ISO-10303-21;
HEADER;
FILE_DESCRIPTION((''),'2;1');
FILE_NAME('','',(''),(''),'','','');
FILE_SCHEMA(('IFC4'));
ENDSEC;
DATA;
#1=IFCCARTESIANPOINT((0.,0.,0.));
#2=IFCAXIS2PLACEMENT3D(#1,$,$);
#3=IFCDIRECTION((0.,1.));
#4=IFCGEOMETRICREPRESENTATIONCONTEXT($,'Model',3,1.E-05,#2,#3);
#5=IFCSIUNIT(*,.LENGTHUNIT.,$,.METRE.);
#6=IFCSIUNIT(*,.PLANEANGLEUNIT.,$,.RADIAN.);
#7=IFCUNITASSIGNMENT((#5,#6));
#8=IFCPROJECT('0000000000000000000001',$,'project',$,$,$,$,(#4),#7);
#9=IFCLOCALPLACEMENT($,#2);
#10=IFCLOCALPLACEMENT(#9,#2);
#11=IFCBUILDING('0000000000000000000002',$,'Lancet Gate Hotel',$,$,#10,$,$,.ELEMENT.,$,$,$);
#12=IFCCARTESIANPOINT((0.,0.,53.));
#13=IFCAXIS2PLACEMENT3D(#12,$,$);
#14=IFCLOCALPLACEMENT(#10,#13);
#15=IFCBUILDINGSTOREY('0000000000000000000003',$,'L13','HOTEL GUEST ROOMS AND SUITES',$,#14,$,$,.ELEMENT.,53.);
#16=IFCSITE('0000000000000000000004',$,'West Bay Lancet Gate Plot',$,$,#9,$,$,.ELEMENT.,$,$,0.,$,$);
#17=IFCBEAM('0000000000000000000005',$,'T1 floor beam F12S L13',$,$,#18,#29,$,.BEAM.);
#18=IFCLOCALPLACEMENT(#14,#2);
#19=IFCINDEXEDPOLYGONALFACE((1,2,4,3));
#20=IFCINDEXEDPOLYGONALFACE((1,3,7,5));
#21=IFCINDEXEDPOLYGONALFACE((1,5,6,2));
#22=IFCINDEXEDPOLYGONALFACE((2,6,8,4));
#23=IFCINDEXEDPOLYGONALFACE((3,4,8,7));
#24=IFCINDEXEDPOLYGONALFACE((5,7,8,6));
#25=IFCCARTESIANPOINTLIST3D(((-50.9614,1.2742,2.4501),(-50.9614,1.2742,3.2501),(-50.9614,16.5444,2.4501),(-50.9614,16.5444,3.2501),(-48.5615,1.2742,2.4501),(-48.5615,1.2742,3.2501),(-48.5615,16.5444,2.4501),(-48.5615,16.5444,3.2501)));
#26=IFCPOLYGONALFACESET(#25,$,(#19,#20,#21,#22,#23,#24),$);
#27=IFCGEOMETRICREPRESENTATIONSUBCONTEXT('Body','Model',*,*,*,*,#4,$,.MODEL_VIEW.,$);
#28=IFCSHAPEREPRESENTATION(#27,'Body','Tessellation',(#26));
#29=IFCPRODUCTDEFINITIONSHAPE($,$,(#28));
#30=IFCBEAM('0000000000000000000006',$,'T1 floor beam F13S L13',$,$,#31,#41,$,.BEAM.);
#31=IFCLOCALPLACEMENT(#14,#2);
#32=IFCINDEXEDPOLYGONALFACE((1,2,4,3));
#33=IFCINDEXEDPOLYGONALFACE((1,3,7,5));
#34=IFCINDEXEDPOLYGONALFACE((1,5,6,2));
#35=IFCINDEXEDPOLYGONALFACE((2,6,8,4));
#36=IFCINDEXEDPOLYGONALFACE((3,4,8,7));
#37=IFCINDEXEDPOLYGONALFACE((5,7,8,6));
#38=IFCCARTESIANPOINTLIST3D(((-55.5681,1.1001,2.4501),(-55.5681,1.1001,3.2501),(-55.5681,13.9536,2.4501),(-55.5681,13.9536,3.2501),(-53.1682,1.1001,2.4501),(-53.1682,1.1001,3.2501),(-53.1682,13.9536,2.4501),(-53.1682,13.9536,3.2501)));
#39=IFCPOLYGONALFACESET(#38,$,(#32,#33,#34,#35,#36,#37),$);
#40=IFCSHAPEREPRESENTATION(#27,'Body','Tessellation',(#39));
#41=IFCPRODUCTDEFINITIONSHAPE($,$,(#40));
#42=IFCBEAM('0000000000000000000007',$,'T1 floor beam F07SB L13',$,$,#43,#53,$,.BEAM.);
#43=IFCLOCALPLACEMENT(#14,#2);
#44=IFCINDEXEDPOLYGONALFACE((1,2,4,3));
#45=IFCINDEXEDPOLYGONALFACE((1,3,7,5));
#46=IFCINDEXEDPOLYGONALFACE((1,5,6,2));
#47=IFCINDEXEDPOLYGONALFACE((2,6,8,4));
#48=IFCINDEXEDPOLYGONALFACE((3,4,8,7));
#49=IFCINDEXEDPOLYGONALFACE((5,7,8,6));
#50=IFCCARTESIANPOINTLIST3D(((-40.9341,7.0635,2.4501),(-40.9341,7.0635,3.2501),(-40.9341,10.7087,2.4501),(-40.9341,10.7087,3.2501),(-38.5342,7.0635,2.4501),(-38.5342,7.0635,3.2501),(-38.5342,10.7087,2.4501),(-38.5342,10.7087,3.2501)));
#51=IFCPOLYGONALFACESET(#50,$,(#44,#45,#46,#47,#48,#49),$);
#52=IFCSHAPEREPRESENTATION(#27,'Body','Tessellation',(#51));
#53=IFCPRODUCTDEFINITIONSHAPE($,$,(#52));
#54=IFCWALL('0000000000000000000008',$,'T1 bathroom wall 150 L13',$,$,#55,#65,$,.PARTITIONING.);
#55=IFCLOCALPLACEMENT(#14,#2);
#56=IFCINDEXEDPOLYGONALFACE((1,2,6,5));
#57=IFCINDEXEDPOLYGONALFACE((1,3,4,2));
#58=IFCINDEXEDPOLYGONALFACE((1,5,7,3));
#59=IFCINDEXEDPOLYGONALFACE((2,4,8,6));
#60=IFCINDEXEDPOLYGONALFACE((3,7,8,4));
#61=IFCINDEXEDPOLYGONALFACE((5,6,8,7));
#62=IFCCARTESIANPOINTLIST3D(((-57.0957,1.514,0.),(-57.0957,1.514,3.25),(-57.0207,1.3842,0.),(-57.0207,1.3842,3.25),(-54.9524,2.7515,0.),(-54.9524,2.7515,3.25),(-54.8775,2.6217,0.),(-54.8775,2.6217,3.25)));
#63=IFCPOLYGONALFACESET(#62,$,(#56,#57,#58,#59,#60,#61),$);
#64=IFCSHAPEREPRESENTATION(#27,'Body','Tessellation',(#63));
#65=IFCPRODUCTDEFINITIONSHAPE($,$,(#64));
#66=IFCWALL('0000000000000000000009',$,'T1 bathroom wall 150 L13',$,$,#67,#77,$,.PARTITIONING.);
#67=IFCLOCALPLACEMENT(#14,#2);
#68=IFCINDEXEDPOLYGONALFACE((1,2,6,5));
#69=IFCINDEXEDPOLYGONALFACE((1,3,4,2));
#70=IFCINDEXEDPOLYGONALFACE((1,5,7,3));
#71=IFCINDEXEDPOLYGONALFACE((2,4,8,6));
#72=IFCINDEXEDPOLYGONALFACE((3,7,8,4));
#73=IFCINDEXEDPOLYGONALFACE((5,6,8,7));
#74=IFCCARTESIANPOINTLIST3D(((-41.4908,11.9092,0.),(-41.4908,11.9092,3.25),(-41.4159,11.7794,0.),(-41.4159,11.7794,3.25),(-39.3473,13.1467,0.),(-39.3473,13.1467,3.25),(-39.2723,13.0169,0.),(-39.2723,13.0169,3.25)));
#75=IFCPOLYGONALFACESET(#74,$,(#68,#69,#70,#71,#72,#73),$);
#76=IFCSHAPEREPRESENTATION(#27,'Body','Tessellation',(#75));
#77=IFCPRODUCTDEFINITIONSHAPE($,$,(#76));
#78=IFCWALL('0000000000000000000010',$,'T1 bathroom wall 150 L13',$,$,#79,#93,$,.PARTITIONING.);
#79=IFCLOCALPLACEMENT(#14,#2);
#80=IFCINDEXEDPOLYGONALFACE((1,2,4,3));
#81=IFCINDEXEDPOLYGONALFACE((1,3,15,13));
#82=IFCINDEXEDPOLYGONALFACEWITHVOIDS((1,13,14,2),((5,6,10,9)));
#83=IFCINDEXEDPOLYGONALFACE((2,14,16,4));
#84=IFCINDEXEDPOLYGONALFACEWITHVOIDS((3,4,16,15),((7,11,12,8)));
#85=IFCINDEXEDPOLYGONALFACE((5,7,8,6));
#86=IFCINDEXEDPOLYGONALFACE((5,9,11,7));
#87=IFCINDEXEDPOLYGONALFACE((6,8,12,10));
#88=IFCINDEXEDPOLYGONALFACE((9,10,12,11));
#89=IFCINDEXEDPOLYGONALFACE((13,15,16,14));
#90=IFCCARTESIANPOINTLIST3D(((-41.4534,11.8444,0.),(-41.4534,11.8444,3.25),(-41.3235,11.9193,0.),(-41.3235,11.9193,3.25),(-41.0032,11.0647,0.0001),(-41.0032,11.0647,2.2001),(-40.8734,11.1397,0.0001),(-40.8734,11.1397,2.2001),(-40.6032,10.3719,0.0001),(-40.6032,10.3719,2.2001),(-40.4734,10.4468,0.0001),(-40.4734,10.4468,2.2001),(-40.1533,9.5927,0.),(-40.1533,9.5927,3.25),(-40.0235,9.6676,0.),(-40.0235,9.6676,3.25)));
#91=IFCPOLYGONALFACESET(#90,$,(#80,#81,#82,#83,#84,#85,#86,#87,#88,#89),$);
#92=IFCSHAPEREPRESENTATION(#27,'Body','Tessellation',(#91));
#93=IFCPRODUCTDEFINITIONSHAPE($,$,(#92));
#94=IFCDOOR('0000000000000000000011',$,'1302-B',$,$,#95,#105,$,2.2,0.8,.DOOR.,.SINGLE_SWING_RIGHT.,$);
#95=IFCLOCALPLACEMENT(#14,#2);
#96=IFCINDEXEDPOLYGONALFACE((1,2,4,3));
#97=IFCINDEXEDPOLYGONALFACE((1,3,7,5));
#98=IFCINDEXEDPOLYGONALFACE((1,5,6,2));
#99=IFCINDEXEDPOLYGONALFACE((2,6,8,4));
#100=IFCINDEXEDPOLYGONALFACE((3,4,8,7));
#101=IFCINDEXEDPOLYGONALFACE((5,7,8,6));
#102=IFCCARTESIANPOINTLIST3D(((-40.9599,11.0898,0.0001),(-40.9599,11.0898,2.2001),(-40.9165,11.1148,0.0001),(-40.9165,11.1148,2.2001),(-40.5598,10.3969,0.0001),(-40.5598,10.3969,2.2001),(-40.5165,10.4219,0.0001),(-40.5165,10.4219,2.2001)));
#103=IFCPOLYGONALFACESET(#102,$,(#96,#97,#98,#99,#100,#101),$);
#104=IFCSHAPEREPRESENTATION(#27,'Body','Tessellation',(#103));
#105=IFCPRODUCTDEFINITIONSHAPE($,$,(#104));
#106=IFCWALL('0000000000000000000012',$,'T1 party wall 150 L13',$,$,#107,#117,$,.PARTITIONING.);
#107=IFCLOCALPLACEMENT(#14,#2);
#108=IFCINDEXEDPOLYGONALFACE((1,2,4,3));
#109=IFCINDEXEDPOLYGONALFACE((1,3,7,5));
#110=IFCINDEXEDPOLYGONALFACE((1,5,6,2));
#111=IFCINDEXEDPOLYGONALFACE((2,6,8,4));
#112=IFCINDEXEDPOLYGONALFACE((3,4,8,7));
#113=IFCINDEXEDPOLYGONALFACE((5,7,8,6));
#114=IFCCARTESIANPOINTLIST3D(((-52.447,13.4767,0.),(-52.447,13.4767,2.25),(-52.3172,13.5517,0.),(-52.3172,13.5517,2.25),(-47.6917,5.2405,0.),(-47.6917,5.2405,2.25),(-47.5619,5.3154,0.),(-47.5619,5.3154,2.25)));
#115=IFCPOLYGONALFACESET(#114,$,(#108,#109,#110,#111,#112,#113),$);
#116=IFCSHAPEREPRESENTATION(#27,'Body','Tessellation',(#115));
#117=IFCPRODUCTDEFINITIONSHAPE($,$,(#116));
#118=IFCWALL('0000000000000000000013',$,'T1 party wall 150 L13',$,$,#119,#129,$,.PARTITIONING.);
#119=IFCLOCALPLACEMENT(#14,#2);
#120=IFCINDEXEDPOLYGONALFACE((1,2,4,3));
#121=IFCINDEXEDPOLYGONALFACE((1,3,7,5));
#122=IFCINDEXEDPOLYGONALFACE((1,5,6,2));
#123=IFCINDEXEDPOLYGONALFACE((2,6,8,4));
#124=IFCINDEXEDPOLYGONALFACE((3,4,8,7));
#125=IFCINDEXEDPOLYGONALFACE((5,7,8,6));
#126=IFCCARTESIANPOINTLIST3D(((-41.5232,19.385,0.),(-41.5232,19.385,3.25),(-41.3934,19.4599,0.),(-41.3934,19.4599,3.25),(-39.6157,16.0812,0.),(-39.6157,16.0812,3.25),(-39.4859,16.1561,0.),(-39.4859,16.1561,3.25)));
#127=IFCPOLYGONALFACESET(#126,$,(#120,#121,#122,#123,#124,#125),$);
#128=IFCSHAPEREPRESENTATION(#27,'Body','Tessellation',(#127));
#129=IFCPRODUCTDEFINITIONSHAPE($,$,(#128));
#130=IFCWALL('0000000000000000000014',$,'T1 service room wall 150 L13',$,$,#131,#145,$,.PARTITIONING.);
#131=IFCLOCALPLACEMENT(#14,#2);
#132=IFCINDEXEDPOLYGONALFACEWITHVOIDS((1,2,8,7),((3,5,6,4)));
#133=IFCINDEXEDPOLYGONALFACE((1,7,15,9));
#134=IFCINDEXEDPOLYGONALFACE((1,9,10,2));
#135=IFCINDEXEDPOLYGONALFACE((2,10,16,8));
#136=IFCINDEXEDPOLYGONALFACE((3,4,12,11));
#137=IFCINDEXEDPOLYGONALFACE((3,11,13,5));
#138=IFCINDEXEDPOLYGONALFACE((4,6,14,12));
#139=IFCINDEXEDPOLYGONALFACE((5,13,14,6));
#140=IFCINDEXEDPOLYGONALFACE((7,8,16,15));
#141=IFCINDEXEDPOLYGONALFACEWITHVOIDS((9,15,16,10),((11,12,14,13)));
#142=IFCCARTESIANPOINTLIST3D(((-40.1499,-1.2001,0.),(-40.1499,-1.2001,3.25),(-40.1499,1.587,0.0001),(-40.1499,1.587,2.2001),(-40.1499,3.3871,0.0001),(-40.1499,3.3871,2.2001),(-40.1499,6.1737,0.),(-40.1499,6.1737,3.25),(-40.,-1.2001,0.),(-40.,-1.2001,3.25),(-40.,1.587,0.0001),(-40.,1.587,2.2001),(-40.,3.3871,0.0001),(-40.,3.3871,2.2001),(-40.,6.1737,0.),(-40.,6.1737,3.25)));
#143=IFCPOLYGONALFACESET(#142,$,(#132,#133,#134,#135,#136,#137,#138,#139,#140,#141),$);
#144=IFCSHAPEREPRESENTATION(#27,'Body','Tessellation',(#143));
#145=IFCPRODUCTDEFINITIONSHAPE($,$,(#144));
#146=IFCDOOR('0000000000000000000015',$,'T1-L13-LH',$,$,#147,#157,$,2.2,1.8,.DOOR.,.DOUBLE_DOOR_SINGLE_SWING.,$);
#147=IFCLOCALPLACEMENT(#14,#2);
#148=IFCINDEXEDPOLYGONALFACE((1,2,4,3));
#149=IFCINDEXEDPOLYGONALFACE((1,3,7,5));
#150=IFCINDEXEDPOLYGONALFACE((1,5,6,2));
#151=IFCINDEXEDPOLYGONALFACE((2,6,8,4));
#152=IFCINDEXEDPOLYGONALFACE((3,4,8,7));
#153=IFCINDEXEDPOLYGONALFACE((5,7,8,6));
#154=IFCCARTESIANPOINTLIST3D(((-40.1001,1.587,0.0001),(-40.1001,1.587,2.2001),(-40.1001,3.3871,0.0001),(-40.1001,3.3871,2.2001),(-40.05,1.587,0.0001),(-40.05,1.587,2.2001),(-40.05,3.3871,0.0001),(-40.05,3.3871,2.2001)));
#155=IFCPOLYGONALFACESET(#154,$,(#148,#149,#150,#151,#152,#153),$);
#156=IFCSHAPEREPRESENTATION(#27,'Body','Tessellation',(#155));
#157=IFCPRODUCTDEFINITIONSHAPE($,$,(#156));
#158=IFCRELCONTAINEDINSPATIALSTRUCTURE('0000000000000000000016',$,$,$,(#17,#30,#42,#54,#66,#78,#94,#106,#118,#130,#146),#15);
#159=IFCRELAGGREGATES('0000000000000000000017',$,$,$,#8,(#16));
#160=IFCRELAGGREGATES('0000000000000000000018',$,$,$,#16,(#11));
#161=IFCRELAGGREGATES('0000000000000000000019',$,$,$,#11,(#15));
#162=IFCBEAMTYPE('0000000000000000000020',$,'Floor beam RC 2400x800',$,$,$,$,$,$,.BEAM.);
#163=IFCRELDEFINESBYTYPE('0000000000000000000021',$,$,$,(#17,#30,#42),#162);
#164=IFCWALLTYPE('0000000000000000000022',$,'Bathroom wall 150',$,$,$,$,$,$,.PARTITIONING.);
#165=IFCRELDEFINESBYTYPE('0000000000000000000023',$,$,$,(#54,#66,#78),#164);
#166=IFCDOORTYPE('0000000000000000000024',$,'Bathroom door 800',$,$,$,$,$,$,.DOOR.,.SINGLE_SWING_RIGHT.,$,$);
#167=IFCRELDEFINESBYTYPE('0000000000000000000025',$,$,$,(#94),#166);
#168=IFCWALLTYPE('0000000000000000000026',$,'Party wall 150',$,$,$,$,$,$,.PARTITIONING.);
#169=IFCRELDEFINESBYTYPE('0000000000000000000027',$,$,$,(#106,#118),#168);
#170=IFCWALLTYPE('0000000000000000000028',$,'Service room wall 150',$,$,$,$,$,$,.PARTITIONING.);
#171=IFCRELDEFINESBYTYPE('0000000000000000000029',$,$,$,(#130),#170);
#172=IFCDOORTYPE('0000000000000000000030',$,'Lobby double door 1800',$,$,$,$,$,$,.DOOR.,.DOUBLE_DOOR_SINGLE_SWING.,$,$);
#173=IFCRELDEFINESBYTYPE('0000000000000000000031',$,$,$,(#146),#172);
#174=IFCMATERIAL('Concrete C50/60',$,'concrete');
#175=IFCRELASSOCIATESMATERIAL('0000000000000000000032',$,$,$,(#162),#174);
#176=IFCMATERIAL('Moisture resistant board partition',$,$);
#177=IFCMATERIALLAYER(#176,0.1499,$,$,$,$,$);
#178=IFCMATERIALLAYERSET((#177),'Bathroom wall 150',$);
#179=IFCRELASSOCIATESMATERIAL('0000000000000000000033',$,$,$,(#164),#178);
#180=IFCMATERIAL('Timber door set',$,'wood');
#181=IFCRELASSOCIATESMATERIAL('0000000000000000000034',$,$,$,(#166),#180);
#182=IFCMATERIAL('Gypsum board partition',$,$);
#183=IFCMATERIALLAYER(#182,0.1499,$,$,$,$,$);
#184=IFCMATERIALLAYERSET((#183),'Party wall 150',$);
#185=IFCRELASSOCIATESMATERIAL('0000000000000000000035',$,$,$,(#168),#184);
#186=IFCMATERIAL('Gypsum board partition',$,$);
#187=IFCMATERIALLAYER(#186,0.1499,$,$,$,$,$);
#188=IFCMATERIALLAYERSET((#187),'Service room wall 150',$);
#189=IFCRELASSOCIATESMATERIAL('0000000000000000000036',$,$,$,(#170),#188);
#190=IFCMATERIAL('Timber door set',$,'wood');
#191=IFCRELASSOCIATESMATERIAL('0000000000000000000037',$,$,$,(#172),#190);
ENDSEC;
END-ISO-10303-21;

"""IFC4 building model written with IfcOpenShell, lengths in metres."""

from ifc_helpers import new_model, si_unit, direction, frame, frame_2d, origin, origin_2d, place, context, subcontext, project, spatial, rectangle, extrude, material, layer, layer_set, material_profile, profile_set, type_object, element, fill, save


model = new_model("IFC4")

# Units and contexts
model_context = context("Model", 3, precision=1e-05, world=origin(), true_north=direction((0.0, 1.0)))
body_context = subcontext(model_context, "Body", "Model", "MODEL_VIEW")
ifc_project = project(units=[si_unit("LENGTHUNIT", "METRE"), si_unit("PLANEANGLEUNIT", "RADIAN")], contexts=[model_context])

# Site, building, storey
site_placement = place(None, origin())
site = spatial("IfcSite", under=ifc_project, at=site_placement, Name="West Bay Lancet Gate Plot", CompositionType="ELEMENT", RefElevation=0.0)
building_placement = place(site_placement, origin())
building = spatial("IfcBuilding", under=site, at=building_placement, Name="Lancet Gate Hotel", CompositionType="ELEMENT")
storey_placement = place(building_placement, frame((0.0, 0.0, 53.0)))
storey = spatial("IfcBuildingStorey", under=building, at=storey_placement, Name="L13", Description="HOTEL GUEST ROOMS AND SUITES", CompositionType="ELEMENT", Elevation=53.0)

# Beams
ifc_material_1 = material(Name="Concrete C50/60", Category="concrete")
ifc_material_profile_1 = material_profile(ifc_material_1, rectangle(XDim=2.3999, YDim=0.8, at=origin_2d()), Name="RC 2400x800")
ifc_profile_set_1 = profile_set([ifc_material_profile_1], Name="Concrete C50/60")
beam_type_1 = type_object("IfcBeamType", Name="Floor beam RC 2400x800", PredefinedType="BEAM", material=ifc_profile_set_1)
beam_1_placement = place(storey_placement, frame((-49.7615, 16.5444, 2.8501), z_axis=(0.0, -1.0, 0.0), x_axis=(1.0, 0.0, 0.0)))
element("IfcBeam", 1, at=beam_1_placement, inside=storey, type_object=beam_type_1, Name="T1 floor beam F12S L13", PredefinedType="BEAM", context=body_context, shape_type="SweptSolid", body=[
    extrude(rectangle(XDim=2.3999, YDim=0.8, at=origin_2d()), origin(), (0.0, 0.0, 1.0), 15.2703),
])
beam_2_placement = place(storey_placement, frame((-54.3682, 13.9536, 2.8501), z_axis=(0.0, -1.0, 0.0), x_axis=(1.0, 0.0, 0.0)))
element("IfcBeam", 2, at=beam_2_placement, inside=storey, type_object=beam_type_1, Name="T1 floor beam F13S L13", PredefinedType="BEAM", context=body_context, shape_type="SweptSolid", body=[
    extrude(rectangle(XDim=2.3999, YDim=0.8, at=origin_2d()), origin(), (0.0, 0.0, 1.0), 12.8535),
])
beam_3_placement = place(storey_placement, frame((-39.7341, 10.7087, 2.8501), z_axis=(0.0, -1.0, 0.0), x_axis=(1.0, 0.0, 0.0)))
element("IfcBeam", 3, at=beam_3_placement, inside=storey, type_object=beam_type_1, Name="T1 floor beam F07SB L13", PredefinedType="BEAM", context=body_context, shape_type="SweptSolid", body=[
    extrude(rectangle(XDim=2.3999, YDim=0.8, at=origin_2d()), origin(), (0.0, 0.0, 1.0), 3.6453),
])

# Walls
ifc_material_2 = material(Name="Moisture resistant board partition")
ifc_layer_1 = layer(ifc_material_2, 0.1499)
ifc_layer_set_1 = layer_set([ifc_layer_1], Name="Bathroom wall 150")
wall_type_1 = type_object("IfcWallType", Name="Bathroom wall 150", PredefinedType="PARTITIONING", material=ifc_layer_set_1)
wall_1_placement = place(storey_placement, frame((-54.915, 2.6865, 0.0), z_axis=(0.0, 0.0, 1.0), x_axis=(-0.866007, -0.500033, 0.0)))
element("IfcWall", 4, at=wall_1_placement, inside=storey, type_object=wall_type_1, Name="T1 bathroom wall 150 L13", PredefinedType="PARTITIONING", context=body_context, shape_type="SweptSolid", body=[
    extrude(rectangle(XDim=2.4749, YDim=0.1499, at=frame_2d((1.2373, 0.0))), origin(), (0.0, 0.0, 1.0), 3.25),
])
wall_2_placement = place(storey_placement, frame((-39.3098, 13.0818, 0.0), z_axis=(0.0, 0.0, 1.0), x_axis=(-0.866031, -0.49999, 0.0)))
element("IfcWall", 5, at=wall_2_placement, inside=storey, type_object=wall_type_1, Name="T1 bathroom wall 150 L13", PredefinedType="PARTITIONING", context=body_context, shape_type="SweptSolid", body=[
    extrude(rectangle(XDim=2.4751, YDim=0.1499, at=frame_2d((1.2375, 0.0))), origin(), (0.0, 0.0, 1.0), 3.25),
])

# Wall, opening, door
wall_3_placement = place(storey_placement, frame((-40.0884, 9.6301, 0.0), z_axis=(0.0, 0.0, 1.0), x_axis=(-0.500007, 0.866021, 0.0)))
wall_3 = element("IfcWall", 6, at=wall_3_placement, inside=storey, type_object=wall_type_1, Name="T1 bathroom wall 150 L13", PredefinedType="PARTITIONING", context=body_context, shape_type="SweptSolid", body=[
    extrude(rectangle(XDim=2.6001, YDim=0.1499, at=frame_2d((1.3, 0.0))), origin(), (0.0, 0.0, 1.0), 3.25),
])
opening_1_placement = place(wall_3_placement, frame((0.8999, 0.0, 0.0)))
opening_1 = element("IfcOpeningElement", 7, at=opening_1_placement, cuts=wall_3, PredefinedType="OPENING", context=body_context, shape_type="SweptSolid", body=[
    extrude(rectangle(XDim=0.8, YDim=2.2, at=frame_2d((0.3999, 1.1001))), frame((0.0, 0.085, 0.0), z_axis=(0.0, -1.0, 0.0), x_axis=(1.0, 0.0, 0.0)), (0.0, 0.0, 1.0), 0.1699),
])
ifc_material_3 = material(Name="Timber door set", Category="wood")
door_type_1 = type_object("IfcDoorType", Name="Bathroom door 800", OperationType="SINGLE_SWING_RIGHT", PredefinedType="DOOR", material=ifc_material_3)
door_1_placement = place(opening_1_placement, origin())
door_1 = element("IfcDoor", 8, at=door_1_placement, inside=storey, type_object=door_type_1, Name="1302-B", OperationType="SINGLE_SWING_RIGHT", OverallHeight=2.2, OverallWidth=0.8, PredefinedType="DOOR", context=body_context, shape_type="SweptSolid", body=[
    extrude(rectangle(XDim=0.8, YDim=2.2, at=frame_2d((0.3999, 1.1001))), frame((0.0, 0.0249, 0.0), z_axis=(0.0, -1.0, 0.0), x_axis=(1.0, 0.0, 0.0)), (0.0, 0.0, 1.0), 0.05),
])
fill(opening_1, door_1)

# Walls
ifc_material_4 = material(Name="Gypsum board partition")
ifc_layer_2 = layer(ifc_material_4, 0.1499)
ifc_layer_set_2 = layer_set([ifc_layer_2], Name="Party wall 150")
wall_type_2 = type_object("IfcWallType", Name="Party wall 150", PredefinedType="PARTITIONING", material=ifc_layer_set_2)
wall_4_placement = place(storey_placement, frame((-47.6267, 5.2778, 0.0), z_axis=(0.0, 0.0, 1.0), x_axis=(-0.50001, 0.86602, 0.0)))
element("IfcWall", 9, at=wall_4_placement, inside=storey, type_object=wall_type_2, Name="T1 party wall 150 L13", PredefinedType="PARTITIONING", context=body_context, shape_type="SweptSolid", body=[
    extrude(rectangle(XDim=9.5105, YDim=0.1499, at=frame_2d((4.7554, 0.0))), origin(), (0.0, 0.0, 1.0), 2.25),
])
wall_5_placement = place(storey_placement, frame((-39.5508, 16.1187, 0.0), z_axis=(0.0, 0.0, 1.0), x_axis=(-0.500014, 0.866017, 0.0)))
element("IfcWall", 10, at=wall_5_placement, inside=storey, type_object=wall_type_2, Name="T1 party wall 150 L13", PredefinedType="PARTITIONING", context=body_context, shape_type="SweptSolid", body=[
    extrude(rectangle(XDim=3.8149, YDim=0.1499, at=frame_2d((1.9075, 0.0))), origin(), (0.0, 0.0, 1.0), 3.25),
])

# Wall, opening, door
ifc_material_5 = material(Name="Gypsum board partition")
ifc_layer_3 = layer(ifc_material_5, 0.1499)
ifc_layer_set_3 = layer_set([ifc_layer_3], Name="Service room wall 150")
wall_type_3 = type_object("IfcWallType", Name="Service room wall 150", PredefinedType="PARTITIONING", material=ifc_layer_set_3)
wall_6_placement = place(storey_placement, frame((-40.075, 6.1738, 0.0), z_axis=(0.0, 0.0, 1.0), x_axis=(0.0, -1.0, 0.0)))
wall_6 = element("IfcWall", 11, at=wall_6_placement, inside=storey, type_object=wall_type_3, Name="T1 service room wall 150 L13", PredefinedType="PARTITIONING", context=body_context, shape_type="SweptSolid", body=[
    extrude(rectangle(XDim=7.3738, YDim=0.1499, at=frame_2d((3.687, 0.0))), origin(), (0.0, 0.0, 1.0), 3.25),
])
opening_2_placement = place(wall_6_placement, frame((2.7869, 0.0, 0.0)))
opening_2 = element("IfcOpeningElement", 12, at=opening_2_placement, cuts=wall_6, PredefinedType="OPENING", context=body_context, shape_type="SweptSolid", body=[
    extrude(rectangle(XDim=1.8, YDim=2.2, at=frame_2d((0.8999, 1.1001))), frame((0.0, 0.085, 0.0), z_axis=(0.0, -1.0, 0.0), x_axis=(1.0, 0.0, 0.0)), (0.0, 0.0, 1.0), 0.1699),
])
ifc_material_6 = material(Name="Timber door set", Category="wood")
door_type_2 = type_object("IfcDoorType", Name="Lobby double door 1800", OperationType="DOUBLE_DOOR_SINGLE_SWING", PredefinedType="DOOR", material=ifc_material_6)
door_2_placement = place(opening_2_placement, origin())
door_2 = element("IfcDoor", 13, at=door_2_placement, inside=storey, type_object=door_type_2, Name="T1-L13-LH", OperationType="DOUBLE_DOOR_SINGLE_SWING", OverallHeight=2.2, OverallWidth=1.8, PredefinedType="DOOR", context=body_context, shape_type="SweptSolid", body=[
    extrude(rectangle(XDim=1.8, YDim=2.2, at=frame_2d((0.8999, 1.1001))), frame((0.0, 0.0249, 0.0), z_axis=(0.0, -1.0, 0.0), x_axis=(1.0, 0.0, 0.0)), (0.0, 0.0, 1.0), 0.05),
])
fill(opening_2, door_2)

save(model, "model.ifc")
